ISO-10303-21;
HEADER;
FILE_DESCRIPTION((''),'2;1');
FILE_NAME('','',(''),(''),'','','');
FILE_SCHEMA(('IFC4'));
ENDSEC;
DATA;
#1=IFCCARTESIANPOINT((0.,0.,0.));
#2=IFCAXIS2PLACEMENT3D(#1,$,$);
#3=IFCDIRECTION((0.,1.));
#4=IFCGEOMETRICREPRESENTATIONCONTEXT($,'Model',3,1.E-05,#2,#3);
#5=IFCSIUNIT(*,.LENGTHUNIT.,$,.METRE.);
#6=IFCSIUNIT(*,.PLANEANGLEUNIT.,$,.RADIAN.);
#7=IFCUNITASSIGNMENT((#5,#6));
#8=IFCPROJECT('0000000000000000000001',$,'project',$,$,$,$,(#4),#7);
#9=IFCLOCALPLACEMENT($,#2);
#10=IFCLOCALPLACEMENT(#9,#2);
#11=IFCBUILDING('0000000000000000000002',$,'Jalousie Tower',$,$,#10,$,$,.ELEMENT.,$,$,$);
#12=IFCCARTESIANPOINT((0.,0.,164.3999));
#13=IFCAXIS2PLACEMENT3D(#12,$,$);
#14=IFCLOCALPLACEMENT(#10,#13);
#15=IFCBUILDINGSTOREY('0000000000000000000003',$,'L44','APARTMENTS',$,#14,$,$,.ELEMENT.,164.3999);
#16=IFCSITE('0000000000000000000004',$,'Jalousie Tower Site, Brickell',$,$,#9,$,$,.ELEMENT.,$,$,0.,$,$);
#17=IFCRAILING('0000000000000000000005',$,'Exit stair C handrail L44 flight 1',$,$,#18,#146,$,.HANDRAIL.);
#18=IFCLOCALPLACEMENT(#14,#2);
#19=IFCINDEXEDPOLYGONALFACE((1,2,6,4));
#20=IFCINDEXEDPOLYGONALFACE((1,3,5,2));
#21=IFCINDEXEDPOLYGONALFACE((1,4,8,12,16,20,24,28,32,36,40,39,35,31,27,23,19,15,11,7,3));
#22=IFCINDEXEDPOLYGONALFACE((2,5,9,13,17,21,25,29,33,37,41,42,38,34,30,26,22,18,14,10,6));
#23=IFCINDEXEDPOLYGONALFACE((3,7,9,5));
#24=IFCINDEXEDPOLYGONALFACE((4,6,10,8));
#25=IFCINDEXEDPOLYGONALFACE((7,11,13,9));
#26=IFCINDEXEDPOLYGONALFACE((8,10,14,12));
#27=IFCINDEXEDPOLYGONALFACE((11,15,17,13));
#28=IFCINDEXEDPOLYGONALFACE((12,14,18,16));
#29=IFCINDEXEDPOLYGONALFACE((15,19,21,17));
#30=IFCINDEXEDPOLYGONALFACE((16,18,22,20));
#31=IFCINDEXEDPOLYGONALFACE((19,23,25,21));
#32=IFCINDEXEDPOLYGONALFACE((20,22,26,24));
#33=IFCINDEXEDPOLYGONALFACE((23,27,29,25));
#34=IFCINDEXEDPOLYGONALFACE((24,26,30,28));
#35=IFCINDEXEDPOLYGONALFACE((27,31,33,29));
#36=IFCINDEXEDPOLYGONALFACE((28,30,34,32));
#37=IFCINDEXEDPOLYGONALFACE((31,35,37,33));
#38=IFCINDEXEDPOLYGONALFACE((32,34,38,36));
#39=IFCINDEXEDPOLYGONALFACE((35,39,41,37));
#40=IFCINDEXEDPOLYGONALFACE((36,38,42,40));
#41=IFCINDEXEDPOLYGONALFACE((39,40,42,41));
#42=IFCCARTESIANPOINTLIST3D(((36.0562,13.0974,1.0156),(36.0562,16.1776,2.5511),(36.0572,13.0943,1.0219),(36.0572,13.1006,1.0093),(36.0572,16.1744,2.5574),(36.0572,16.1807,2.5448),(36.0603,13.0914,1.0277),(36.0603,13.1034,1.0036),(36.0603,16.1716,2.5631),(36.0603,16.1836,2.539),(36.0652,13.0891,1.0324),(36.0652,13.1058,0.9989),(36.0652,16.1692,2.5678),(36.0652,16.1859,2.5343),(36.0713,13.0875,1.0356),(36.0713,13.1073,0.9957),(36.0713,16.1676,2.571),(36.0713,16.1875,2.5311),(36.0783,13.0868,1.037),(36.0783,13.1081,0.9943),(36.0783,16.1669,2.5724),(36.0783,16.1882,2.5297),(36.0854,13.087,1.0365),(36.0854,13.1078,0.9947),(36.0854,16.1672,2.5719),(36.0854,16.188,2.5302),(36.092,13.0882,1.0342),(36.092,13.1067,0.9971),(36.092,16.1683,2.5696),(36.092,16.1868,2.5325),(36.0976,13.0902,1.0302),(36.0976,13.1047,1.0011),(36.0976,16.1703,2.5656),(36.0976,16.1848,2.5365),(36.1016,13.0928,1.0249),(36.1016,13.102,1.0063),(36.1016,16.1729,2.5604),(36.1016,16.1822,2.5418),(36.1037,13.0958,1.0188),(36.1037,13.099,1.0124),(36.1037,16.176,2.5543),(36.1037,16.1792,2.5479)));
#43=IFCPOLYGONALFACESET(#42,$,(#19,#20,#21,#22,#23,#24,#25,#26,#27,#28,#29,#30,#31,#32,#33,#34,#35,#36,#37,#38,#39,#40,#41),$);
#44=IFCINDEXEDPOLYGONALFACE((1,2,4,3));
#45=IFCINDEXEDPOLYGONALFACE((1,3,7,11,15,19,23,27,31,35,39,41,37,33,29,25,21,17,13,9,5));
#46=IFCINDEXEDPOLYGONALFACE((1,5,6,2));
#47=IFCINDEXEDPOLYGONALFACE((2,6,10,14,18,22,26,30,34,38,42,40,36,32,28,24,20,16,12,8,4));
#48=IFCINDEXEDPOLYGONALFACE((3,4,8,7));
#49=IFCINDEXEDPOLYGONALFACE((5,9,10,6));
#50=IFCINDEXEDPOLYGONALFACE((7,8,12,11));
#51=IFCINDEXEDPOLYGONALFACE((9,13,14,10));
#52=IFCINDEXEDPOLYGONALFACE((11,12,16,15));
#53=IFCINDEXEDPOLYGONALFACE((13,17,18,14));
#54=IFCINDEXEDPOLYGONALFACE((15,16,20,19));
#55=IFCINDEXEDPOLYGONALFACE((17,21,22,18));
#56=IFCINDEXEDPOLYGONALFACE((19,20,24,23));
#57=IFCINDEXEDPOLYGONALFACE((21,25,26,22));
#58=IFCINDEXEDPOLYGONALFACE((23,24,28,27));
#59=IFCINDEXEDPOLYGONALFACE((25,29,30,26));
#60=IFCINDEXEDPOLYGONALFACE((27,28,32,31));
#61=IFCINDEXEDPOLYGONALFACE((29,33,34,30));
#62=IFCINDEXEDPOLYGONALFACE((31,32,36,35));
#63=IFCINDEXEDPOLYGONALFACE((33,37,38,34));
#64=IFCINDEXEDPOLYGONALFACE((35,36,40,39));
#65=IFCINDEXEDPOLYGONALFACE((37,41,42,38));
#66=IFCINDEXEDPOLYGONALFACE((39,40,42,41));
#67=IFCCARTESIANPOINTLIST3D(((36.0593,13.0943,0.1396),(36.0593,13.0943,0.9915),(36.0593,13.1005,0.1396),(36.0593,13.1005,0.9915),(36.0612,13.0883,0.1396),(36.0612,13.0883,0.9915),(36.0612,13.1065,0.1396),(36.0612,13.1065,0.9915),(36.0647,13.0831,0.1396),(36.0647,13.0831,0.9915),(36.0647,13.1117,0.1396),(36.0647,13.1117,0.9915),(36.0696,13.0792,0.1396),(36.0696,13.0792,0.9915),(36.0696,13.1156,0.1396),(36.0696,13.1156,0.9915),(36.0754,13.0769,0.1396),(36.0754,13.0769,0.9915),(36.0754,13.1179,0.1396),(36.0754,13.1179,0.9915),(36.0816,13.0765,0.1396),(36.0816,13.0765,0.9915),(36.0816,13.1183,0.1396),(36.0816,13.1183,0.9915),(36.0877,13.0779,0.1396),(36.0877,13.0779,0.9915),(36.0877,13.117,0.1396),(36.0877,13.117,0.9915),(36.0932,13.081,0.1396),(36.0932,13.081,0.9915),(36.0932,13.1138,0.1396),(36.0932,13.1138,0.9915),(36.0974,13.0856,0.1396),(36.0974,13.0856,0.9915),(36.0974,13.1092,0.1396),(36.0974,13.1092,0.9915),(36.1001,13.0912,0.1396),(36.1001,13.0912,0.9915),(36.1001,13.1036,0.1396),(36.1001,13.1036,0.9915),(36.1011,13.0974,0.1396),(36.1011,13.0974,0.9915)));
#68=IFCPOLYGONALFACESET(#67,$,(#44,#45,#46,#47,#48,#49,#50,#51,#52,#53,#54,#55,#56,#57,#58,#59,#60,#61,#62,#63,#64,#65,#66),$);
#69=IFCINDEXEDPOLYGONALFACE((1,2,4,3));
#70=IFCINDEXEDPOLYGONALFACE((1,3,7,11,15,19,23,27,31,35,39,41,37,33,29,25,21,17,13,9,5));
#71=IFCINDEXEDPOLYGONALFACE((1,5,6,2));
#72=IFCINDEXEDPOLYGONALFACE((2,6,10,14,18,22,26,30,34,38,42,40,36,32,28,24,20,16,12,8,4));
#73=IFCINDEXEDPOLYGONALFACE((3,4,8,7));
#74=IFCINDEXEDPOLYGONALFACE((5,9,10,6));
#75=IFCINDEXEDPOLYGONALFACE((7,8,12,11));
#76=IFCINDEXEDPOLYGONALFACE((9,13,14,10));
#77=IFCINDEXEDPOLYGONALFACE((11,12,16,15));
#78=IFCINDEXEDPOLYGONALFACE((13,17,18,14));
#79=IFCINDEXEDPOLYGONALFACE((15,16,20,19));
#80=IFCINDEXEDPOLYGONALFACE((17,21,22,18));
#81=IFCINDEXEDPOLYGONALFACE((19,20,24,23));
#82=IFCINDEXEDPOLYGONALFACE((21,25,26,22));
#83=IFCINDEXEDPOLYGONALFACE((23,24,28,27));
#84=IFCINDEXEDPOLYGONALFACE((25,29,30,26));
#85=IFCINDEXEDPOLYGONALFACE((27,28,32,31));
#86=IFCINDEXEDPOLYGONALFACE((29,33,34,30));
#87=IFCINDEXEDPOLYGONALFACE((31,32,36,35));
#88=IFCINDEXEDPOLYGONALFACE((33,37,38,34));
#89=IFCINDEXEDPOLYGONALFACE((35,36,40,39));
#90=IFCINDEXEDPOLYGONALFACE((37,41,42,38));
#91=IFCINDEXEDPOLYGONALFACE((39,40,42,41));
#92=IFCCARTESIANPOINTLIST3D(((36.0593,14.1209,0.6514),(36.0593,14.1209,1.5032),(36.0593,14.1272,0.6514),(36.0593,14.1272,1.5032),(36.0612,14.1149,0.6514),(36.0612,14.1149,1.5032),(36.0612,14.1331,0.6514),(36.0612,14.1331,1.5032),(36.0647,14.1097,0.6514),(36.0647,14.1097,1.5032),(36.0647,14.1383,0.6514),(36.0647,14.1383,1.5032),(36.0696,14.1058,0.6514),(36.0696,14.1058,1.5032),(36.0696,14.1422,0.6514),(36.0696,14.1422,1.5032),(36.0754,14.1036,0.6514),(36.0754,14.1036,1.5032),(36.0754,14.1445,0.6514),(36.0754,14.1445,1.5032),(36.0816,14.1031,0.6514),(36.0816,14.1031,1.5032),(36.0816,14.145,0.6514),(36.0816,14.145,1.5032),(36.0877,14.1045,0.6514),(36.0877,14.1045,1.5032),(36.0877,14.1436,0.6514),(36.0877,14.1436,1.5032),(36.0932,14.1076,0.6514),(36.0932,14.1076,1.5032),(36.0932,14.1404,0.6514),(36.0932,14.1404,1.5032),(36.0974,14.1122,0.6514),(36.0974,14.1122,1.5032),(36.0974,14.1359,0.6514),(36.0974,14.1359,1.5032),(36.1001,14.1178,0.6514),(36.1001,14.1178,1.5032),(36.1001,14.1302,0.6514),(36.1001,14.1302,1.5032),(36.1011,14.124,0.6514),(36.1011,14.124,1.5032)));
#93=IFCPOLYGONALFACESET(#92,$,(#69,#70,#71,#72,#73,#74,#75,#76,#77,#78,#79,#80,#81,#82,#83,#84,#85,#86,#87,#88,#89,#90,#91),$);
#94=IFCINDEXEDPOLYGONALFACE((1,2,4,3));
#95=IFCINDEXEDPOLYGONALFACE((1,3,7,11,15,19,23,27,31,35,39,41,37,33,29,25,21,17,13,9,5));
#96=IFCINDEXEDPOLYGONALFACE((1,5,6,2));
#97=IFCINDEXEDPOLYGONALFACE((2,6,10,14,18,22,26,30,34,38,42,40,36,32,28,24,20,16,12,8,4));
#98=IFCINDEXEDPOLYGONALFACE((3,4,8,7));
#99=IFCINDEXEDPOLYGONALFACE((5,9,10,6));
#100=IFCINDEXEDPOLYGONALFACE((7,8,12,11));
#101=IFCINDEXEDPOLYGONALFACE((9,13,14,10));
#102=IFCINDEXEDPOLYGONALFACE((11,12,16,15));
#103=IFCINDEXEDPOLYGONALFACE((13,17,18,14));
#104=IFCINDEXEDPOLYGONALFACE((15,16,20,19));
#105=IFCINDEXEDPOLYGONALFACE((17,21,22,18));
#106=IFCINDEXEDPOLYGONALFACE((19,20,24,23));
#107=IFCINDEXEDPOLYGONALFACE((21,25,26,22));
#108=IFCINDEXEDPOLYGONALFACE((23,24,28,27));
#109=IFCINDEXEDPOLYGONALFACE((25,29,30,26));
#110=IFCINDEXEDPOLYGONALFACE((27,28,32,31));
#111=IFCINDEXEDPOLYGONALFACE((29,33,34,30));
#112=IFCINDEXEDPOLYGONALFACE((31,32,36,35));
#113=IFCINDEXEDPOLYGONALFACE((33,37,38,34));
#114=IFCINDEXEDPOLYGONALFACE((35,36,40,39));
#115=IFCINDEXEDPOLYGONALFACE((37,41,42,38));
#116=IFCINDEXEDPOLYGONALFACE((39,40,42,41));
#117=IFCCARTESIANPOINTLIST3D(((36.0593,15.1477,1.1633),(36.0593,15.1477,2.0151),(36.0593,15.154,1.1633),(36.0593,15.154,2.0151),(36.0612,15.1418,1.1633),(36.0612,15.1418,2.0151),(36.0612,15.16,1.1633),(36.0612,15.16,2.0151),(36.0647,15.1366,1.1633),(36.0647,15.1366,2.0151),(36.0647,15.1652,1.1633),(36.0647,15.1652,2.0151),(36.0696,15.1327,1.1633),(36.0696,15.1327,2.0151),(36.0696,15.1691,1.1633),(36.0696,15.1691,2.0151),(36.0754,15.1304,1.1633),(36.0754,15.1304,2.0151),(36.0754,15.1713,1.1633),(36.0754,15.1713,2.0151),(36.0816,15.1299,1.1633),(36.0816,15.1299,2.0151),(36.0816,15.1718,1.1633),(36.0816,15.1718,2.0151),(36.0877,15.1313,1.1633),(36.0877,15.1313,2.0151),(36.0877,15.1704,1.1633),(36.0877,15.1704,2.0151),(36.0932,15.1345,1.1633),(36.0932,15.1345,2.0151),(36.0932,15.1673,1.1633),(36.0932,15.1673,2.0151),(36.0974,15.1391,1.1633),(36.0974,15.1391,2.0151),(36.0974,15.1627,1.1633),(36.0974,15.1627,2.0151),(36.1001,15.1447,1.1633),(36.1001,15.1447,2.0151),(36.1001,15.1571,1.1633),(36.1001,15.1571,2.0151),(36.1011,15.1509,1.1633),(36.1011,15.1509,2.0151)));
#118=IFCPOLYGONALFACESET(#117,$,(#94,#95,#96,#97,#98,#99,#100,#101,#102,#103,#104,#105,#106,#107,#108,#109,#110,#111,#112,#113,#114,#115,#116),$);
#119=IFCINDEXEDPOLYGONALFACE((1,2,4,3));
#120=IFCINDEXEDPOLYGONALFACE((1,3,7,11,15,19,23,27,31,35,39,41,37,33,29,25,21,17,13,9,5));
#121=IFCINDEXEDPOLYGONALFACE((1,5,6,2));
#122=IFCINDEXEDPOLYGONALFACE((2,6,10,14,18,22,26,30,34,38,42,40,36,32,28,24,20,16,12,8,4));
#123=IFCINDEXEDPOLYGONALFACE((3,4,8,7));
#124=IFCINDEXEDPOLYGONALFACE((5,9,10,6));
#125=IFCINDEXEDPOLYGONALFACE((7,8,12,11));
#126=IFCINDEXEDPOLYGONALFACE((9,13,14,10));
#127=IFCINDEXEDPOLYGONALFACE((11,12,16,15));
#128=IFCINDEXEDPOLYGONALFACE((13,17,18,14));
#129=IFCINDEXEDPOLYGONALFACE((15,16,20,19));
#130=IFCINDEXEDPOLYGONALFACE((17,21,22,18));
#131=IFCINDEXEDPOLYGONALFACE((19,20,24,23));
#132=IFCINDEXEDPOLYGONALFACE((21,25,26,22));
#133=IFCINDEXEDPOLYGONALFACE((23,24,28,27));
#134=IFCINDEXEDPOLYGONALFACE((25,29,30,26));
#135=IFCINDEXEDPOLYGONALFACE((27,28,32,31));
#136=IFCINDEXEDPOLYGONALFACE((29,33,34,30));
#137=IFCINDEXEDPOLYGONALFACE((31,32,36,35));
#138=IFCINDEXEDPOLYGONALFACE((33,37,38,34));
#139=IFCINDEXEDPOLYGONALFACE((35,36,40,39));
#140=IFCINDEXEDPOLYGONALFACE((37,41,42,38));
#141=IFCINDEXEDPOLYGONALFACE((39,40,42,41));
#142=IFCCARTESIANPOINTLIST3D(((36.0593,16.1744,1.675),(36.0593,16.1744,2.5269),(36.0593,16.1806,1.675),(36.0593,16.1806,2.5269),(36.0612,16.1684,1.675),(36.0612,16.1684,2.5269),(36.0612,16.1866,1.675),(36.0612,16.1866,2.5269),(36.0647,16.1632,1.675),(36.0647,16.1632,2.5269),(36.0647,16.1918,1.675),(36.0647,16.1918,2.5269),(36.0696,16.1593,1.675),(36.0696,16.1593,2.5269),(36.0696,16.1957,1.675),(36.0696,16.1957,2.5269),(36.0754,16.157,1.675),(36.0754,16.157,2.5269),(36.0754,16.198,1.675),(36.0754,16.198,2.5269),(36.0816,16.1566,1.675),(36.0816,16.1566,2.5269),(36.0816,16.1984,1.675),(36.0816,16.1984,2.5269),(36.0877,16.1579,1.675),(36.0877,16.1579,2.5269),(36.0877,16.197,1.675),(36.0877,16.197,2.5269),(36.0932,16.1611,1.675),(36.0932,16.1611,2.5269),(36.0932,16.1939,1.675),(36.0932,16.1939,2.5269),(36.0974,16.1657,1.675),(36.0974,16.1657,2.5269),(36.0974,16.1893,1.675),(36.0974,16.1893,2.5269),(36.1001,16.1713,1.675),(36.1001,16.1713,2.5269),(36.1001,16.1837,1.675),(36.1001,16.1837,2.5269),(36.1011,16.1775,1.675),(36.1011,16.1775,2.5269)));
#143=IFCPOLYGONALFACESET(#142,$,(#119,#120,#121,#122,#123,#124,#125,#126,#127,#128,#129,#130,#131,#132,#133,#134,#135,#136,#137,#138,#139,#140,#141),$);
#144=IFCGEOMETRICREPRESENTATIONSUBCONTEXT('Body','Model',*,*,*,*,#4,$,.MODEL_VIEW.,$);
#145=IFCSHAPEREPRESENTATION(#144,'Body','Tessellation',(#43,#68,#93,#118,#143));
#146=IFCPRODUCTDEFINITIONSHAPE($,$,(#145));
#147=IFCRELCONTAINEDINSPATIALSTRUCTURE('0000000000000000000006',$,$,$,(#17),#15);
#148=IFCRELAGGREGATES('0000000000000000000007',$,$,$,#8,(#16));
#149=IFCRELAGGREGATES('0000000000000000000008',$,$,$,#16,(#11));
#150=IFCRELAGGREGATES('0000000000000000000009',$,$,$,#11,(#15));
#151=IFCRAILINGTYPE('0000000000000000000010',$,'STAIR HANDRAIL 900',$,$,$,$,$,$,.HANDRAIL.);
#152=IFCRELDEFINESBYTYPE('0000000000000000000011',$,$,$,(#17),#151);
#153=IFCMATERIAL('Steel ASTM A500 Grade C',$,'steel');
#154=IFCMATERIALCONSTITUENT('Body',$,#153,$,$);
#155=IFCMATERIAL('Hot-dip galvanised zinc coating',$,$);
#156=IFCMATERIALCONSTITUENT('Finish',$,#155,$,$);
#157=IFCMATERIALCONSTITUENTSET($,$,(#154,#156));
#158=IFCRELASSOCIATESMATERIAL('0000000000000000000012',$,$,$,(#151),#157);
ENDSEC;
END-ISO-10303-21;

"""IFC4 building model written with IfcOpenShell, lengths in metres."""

from ifc_helpers import new_model, si_unit, direction, frame, origin, origin_2d, place, context, subcontext, project, spatial, circle, extrude, material, constituent, constituent_set, type_object, element, save


model = new_model("IFC4")

# Units and contexts
model_context = context("Model", 3, precision=1e-05, world=origin(), true_north=direction((0.0, 1.0)))
body_context = subcontext(model_context, "Body", "Model", "MODEL_VIEW")
ifc_project = project(units=[si_unit("LENGTHUNIT", "METRE"), si_unit("PLANEANGLEUNIT", "RADIAN")], contexts=[model_context])

# Site, building, storey
site_placement = place(None, origin())
site = spatial("IfcSite", under=ifc_project, at=site_placement, Name="Jalousie Tower Site, Brickell", CompositionType="ELEMENT", RefElevation=0.0)
building_placement = place(site_placement, origin())
building = spatial("IfcBuilding", under=site, at=building_placement, Name="Jalousie Tower", CompositionType="ELEMENT")
storey_placement = place(building_placement, frame((0.0, 0.0, 164.3999)))
storey = spatial("IfcBuildingStorey", under=building, at=storey_placement, Name="L44", Description="APARTMENTS", CompositionType="ELEMENT", Elevation=164.3999)

# Railing
ifc_material_1 = material(Name="Steel ASTM A500 Grade C", Category="steel")
ifc_constituent_1 = constituent(ifc_material_1, Name="Body")
ifc_material_2 = material(Name="Hot-dip galvanised zinc coating")
ifc_constituent_2 = constituent(ifc_material_2, Name="Finish")
ifc_constituent_set_1 = constituent_set(constituents=[ifc_constituent_1, ifc_constituent_2])
railing_type = type_object("IfcRailingType", Name="STAIR HANDRAIL 900", PredefinedType="HANDRAIL", material=ifc_constituent_set_1)
railing_placement = place(storey_placement, frame((36.0801, 13.0974, 0.1396)))
element("IfcRailing", 1, at=railing_placement, inside=storey, type_object=railing_type, Name="Exit stair C handrail L44 flight 1", PredefinedType="HANDRAIL", context=body_context, shape_type="SweptSolid", body=[
    extrude(circle(Radius=0.0239, at=origin_2d()), frame((0.0, 0.0, 0.876), z_axis=(0.0, 0.894966, 0.446135), x_axis=(-1.0, 0.0, 0.0)), (0.0, 0.0, 1.0), 3.4417),
    extrude(circle(Radius=0.021, at=origin_2d()), origin(), (0.0, 0.0, 1.0), 0.8518),
    extrude(circle(Radius=0.021, at=origin_2d()), frame((0.0, 1.0266, 0.5117)), (0.0, 0.0, 1.0), 0.8518),
    extrude(circle(Radius=0.021, at=origin_2d()), frame((0.0, 2.0535, 1.0237)), (0.0, 0.0, 1.0), 0.8518),
    extrude(circle(Radius=0.021, at=origin_2d()), frame((0.0, 3.0801, 1.5354)), (0.0, 0.0, 1.0), 0.8518),
])

save(model, "model.ifc")
